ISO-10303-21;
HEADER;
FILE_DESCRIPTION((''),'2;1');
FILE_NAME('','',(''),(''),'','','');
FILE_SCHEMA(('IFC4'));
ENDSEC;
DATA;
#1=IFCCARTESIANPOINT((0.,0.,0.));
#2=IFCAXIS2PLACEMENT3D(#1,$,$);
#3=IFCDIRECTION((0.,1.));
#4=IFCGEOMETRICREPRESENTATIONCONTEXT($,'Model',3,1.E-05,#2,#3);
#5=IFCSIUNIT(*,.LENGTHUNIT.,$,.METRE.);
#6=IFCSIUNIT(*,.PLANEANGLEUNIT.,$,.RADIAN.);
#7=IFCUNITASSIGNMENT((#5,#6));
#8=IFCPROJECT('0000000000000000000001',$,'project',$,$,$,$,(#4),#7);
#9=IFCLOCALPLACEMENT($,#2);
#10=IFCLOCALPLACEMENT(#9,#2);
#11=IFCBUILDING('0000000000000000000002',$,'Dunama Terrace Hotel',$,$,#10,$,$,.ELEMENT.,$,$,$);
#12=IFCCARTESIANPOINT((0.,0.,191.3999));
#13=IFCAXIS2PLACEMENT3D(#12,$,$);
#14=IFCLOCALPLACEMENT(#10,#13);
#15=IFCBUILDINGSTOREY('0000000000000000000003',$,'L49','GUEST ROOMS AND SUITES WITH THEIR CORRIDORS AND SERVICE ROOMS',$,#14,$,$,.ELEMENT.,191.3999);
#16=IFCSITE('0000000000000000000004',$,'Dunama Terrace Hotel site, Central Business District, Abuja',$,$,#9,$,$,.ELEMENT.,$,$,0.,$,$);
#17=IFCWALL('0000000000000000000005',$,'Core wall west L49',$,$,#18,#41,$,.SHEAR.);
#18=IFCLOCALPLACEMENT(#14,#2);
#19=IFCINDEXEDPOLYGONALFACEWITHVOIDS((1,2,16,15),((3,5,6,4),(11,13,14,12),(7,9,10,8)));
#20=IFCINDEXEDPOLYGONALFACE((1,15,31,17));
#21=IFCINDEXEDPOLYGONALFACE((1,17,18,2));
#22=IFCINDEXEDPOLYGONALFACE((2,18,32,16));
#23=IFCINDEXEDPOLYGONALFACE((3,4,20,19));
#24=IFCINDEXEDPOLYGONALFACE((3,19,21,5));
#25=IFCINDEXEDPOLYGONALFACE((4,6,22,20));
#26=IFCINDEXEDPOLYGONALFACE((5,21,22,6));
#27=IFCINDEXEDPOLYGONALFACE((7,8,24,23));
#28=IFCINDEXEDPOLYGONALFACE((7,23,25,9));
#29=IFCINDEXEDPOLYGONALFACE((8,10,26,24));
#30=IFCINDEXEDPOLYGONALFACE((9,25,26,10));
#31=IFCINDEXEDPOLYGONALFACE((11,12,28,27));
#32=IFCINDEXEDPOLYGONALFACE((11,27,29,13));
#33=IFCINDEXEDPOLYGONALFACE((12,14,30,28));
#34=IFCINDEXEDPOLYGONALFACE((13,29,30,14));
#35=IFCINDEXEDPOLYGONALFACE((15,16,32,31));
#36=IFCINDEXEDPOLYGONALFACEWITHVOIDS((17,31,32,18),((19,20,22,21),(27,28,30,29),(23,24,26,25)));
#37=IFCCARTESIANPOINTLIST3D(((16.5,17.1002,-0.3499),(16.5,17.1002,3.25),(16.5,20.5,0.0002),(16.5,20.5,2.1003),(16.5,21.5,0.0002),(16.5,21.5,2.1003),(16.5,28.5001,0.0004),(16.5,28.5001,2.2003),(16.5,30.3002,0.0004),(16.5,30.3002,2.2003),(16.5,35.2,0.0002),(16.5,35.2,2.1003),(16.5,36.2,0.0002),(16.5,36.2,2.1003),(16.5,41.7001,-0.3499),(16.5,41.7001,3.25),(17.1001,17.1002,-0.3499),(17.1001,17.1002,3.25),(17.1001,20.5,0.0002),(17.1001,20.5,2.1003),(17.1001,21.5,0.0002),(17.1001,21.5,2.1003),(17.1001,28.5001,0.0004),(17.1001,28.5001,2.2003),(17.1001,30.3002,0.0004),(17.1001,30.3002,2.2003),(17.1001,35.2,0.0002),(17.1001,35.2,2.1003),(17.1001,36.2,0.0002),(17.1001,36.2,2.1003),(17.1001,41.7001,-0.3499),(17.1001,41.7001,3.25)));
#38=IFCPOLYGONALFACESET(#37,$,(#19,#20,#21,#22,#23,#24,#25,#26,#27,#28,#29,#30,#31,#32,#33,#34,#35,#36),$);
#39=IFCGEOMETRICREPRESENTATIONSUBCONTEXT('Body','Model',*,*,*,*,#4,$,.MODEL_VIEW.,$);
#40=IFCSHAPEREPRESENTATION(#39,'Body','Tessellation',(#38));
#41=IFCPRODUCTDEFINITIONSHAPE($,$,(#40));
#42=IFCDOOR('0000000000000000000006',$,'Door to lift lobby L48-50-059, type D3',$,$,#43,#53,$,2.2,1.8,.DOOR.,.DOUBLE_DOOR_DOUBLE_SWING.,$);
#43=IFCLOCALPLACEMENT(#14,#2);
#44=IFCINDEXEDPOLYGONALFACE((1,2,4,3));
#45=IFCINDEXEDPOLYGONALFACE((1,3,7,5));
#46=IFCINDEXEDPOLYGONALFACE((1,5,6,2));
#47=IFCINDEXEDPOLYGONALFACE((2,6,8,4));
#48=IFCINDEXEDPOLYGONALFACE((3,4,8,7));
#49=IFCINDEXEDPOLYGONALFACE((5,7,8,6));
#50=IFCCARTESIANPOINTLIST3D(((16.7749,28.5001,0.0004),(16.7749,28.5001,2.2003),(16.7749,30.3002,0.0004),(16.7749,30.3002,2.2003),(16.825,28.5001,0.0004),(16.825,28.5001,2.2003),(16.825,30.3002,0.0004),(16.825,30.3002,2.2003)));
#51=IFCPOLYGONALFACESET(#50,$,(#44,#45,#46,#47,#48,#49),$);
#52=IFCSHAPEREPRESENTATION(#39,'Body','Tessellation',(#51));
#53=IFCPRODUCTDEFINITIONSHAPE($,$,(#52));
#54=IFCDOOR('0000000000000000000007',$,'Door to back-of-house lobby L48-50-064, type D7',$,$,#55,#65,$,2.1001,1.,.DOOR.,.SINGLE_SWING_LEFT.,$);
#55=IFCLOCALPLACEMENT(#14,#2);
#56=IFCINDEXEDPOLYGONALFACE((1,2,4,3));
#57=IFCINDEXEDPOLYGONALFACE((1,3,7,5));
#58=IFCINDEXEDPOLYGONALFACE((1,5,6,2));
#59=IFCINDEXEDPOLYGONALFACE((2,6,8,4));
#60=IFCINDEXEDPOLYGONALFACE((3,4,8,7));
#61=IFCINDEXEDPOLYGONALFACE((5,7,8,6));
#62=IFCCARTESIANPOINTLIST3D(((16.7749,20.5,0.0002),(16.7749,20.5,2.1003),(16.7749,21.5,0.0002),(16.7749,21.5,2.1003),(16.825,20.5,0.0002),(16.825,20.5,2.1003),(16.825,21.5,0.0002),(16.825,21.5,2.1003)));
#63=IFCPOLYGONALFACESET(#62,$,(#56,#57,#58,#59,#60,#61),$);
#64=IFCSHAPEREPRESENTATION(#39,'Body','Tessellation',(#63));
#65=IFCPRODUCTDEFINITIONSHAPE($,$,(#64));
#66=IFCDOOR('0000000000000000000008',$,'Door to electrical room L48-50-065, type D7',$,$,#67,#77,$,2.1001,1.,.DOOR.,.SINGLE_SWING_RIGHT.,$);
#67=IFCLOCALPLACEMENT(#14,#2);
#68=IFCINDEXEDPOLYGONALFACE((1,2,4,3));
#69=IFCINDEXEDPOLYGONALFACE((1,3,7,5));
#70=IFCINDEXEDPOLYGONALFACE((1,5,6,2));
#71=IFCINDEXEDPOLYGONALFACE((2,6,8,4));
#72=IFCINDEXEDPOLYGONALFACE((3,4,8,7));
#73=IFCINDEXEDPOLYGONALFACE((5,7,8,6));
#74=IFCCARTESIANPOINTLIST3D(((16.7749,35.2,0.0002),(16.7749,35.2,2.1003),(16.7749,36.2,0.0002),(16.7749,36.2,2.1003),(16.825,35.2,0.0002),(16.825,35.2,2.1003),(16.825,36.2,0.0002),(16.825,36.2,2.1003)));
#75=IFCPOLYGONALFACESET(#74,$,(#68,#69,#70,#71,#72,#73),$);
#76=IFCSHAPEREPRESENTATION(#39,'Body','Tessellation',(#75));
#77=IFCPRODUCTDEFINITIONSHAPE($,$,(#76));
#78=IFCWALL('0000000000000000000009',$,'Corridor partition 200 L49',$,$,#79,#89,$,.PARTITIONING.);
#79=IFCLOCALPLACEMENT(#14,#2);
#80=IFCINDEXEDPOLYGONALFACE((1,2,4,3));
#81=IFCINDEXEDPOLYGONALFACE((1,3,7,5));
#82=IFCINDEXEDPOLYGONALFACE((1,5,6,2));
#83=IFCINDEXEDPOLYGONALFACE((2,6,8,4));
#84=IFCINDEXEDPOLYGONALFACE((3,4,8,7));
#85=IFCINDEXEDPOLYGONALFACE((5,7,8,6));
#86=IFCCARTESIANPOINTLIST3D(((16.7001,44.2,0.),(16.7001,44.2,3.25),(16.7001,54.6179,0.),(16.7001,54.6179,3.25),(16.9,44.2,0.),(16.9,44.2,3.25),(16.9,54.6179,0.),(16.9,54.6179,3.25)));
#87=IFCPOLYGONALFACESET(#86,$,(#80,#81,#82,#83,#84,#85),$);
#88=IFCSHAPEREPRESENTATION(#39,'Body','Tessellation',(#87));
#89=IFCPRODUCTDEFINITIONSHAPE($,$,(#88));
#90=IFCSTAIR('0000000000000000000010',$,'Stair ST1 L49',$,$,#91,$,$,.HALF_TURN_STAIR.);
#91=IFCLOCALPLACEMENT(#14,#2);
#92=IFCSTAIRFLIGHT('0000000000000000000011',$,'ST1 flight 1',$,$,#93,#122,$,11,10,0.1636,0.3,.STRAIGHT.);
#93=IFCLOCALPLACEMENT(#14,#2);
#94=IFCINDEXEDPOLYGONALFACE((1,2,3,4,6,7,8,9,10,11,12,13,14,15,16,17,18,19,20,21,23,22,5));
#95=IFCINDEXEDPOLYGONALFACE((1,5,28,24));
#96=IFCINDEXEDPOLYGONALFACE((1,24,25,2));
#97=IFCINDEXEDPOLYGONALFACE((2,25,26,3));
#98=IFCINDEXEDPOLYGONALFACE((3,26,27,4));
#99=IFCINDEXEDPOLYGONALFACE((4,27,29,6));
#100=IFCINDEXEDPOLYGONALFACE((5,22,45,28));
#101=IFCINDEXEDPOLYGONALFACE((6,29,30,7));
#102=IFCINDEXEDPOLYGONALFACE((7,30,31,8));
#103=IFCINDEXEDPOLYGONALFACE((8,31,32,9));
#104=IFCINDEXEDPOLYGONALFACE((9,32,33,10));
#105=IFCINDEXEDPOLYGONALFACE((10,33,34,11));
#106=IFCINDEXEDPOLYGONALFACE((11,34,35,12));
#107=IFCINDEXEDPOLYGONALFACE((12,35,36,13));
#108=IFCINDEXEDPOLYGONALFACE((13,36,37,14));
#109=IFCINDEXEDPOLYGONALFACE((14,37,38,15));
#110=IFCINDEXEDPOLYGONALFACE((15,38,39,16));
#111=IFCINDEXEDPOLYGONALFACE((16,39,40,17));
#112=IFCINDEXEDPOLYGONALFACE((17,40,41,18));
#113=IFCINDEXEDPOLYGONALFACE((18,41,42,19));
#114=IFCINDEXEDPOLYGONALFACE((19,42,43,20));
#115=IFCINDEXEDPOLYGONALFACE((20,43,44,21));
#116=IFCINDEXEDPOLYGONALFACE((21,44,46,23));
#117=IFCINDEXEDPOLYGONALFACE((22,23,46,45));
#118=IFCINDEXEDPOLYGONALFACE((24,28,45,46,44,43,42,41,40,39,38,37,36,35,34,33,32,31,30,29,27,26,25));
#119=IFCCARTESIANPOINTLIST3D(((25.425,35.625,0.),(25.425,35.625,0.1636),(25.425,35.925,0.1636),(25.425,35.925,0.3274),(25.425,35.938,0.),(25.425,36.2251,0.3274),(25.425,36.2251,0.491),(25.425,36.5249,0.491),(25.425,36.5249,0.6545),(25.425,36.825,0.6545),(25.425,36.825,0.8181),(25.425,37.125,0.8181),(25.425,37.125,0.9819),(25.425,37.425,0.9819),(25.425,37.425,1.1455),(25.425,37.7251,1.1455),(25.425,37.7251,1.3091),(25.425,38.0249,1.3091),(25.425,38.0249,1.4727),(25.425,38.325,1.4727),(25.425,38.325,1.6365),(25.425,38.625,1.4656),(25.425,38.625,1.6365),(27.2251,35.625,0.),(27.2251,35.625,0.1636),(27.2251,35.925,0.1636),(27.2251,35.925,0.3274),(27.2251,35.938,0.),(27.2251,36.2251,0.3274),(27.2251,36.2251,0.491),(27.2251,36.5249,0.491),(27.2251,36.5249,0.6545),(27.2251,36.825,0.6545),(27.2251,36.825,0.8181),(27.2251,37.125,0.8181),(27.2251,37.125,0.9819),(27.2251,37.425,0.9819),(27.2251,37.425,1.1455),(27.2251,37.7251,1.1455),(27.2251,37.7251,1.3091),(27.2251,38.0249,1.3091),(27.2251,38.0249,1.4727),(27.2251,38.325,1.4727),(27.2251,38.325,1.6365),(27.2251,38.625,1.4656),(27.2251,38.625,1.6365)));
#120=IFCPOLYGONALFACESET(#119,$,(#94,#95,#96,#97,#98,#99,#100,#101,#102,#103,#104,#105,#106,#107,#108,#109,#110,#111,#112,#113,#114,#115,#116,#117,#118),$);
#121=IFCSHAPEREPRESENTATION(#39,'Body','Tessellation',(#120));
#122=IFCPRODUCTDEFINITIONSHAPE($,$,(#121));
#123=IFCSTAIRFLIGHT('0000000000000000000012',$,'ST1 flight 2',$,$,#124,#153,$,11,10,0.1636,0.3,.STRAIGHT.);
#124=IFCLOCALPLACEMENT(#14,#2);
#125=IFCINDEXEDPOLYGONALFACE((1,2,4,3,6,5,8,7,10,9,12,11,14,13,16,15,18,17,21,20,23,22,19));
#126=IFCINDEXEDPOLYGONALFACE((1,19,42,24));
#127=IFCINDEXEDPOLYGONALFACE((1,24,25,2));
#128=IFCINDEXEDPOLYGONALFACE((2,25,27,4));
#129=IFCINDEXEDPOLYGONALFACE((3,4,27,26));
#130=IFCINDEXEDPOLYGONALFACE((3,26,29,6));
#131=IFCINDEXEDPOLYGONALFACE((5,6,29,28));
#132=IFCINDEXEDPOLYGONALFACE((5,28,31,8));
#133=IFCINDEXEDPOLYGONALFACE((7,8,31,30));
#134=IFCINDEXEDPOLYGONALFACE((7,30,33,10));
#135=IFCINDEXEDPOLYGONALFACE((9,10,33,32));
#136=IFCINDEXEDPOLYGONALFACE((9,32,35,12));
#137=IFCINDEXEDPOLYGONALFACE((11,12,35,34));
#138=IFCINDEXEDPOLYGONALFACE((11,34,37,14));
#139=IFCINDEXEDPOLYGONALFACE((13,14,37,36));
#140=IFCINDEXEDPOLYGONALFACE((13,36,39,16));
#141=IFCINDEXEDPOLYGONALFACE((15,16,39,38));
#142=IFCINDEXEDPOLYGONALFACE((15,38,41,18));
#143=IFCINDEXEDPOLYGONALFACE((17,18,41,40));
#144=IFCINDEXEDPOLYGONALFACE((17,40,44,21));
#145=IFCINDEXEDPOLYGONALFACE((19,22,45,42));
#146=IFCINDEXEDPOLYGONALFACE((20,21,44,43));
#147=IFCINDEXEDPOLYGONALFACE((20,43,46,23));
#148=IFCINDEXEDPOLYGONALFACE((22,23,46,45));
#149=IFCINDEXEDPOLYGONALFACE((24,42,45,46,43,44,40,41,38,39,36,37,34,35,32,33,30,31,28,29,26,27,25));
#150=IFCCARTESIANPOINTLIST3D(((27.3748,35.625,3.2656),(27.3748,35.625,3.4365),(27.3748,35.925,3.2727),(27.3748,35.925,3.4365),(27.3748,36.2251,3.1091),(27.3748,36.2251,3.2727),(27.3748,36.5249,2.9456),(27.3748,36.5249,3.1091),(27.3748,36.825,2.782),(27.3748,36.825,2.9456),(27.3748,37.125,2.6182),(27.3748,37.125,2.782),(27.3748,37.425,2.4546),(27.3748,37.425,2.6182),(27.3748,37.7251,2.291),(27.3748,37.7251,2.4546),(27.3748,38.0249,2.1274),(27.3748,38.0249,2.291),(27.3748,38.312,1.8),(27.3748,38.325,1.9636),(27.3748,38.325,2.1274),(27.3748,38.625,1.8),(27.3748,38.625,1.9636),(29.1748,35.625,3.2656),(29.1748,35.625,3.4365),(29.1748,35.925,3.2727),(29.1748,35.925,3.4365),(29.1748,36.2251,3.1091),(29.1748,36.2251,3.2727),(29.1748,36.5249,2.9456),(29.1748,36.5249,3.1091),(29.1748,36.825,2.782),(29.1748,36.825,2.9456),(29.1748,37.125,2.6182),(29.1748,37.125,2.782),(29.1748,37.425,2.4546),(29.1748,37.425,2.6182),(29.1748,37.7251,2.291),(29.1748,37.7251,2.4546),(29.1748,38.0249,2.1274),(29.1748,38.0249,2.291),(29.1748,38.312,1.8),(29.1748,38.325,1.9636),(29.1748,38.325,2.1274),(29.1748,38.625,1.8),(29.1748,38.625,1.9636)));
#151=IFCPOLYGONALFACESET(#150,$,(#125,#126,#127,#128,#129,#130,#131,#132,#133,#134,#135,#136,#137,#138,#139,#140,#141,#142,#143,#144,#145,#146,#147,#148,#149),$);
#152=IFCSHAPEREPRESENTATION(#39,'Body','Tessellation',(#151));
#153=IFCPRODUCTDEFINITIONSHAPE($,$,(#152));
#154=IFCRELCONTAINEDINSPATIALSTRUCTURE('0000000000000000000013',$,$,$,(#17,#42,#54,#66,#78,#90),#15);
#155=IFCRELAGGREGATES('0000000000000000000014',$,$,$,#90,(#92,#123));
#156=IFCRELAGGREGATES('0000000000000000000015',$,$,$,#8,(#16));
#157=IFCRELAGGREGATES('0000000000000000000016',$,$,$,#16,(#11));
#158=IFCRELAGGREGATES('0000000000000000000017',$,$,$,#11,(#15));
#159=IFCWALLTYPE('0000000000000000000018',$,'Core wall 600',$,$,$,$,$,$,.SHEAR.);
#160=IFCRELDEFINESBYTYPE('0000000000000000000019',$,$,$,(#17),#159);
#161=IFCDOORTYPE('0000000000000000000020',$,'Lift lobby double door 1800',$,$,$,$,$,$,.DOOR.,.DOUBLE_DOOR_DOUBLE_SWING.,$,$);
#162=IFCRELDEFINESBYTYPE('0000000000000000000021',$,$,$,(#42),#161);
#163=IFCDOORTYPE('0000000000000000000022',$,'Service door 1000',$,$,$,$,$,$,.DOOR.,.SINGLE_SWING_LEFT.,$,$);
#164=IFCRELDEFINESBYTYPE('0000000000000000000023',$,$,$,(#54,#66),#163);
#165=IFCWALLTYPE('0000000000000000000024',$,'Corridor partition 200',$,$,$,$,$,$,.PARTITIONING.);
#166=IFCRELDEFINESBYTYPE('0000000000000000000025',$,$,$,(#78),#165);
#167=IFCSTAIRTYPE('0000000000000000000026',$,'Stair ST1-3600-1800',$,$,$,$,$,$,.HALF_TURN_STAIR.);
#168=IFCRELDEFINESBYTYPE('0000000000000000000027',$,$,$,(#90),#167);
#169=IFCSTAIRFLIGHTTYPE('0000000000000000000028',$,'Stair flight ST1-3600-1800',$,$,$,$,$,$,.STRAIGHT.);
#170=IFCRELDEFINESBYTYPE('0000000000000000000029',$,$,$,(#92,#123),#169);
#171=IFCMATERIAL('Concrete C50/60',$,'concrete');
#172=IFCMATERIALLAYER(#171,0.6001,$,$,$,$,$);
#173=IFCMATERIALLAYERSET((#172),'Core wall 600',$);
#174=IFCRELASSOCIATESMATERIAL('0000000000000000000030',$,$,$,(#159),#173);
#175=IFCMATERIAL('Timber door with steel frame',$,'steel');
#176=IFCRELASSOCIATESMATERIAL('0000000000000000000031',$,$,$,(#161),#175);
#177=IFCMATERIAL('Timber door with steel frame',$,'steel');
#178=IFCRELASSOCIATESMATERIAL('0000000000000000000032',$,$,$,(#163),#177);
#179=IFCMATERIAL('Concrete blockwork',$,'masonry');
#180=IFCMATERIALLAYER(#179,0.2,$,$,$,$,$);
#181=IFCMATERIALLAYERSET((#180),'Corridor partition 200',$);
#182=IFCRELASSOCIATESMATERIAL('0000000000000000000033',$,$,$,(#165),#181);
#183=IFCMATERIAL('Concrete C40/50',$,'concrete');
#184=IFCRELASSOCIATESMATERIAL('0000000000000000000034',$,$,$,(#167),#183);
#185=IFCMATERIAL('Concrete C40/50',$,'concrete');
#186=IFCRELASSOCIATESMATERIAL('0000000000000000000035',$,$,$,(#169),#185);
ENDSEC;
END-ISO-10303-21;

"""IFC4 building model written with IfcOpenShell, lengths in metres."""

from ifc_helpers import new_model, si_unit, direction, frame, frame_2d, origin, place, context, subcontext, project, spatial, polyline, rectangle, outline, extrude, material, layer, layer_set, type_object, element, fill, aggregate, save


model = new_model("IFC4")

# Units and contexts
model_context = context("Model", 3, precision=1e-05, world=origin(), true_north=direction((0.0, 1.0)))
body_context = subcontext(model_context, "Body", "Model", "MODEL_VIEW")
ifc_project = project(units=[si_unit("LENGTHUNIT", "METRE"), si_unit("PLANEANGLEUNIT", "RADIAN")], contexts=[model_context])

# Site, building, storey
site_placement = place(None, origin())
site = spatial("IfcSite", under=ifc_project, at=site_placement, Name="Dunama Terrace Hotel site, Central Business District, Abuja", CompositionType="ELEMENT", RefElevation=0.0)
building_placement = place(site_placement, origin())
building = spatial("IfcBuilding", under=site, at=building_placement, Name="Dunama Terrace Hotel", CompositionType="ELEMENT")
storey_placement = place(building_placement, frame((0.0, 0.0, 191.3999)))
storey = spatial("IfcBuildingStorey", under=building, at=storey_placement, Name="L49", Description="GUEST ROOMS AND SUITES WITH THEIR CORRIDORS AND SERVICE ROOMS", CompositionType="ELEMENT", Elevation=191.3999)

# Wall, openings, doors
ifc_material_1 = material(Name="Concrete C50/60", Category="concrete")
ifc_layer_1 = layer(ifc_material_1, 0.6001)
ifc_layer_set_1 = layer_set([ifc_layer_1], Name="Core wall 600")
wall_type_1 = type_object("IfcWallType", Name="Core wall 600", PredefinedType="SHEAR", material=ifc_layer_set_1)
wall_1_placement = place(storey_placement, frame((16.8, 41.7, -0.3499), z_axis=(0.0, 0.0, 1.0), x_axis=(0.0, -1.0, 0.0)))
wall_1 = element("IfcWall", 1, at=wall_1_placement, inside=storey, type_object=wall_type_1, Name="Core wall west L49", PredefinedType="SHEAR", context=body_context, shape_type="SweptSolid", body=[
    extrude(rectangle(XDim=24.5999, YDim=0.6001, at=frame_2d((12.2998, 0.0))), origin(), (0.0, 0.0, 1.0), 3.5999),
])
opening_1_placement = place(wall_1_placement, frame((11.3999, 0.0, 0.3501)))
opening_1 = element("IfcOpeningElement", 2, at=opening_1_placement, cuts=wall_1, PredefinedType="OPENING", context=body_context, shape_type="SweptSolid", body=[
    extrude(rectangle(XDim=1.8, YDim=2.2, at=frame_2d((0.8999, 1.1001))), frame((0.0, 0.3101, 0.0), z_axis=(0.0, -1.0, 0.0), x_axis=(1.0, 0.0, 0.0)), (0.0, 0.0, 1.0), 0.6201),
])
opening_2_placement = place(wall_1_placement, frame((20.2, 0.0, 0.3501)))
opening_2 = element("IfcOpeningElement", 3, at=opening_2_placement, cuts=wall_1, PredefinedType="OPENING", context=body_context, shape_type="SweptSolid", body=[
    extrude(rectangle(XDim=1.0, YDim=2.1001, at=frame_2d((0.5, 1.05))), frame((0.0, 0.3101, 0.0), z_axis=(0.0, -1.0, 0.0), x_axis=(1.0, 0.0, 0.0)), (0.0, 0.0, 1.0), 0.6201),
])
opening_3_placement = place(wall_1_placement, frame((5.5, 0.0, 0.3501)))
opening_3 = element("IfcOpeningElement", 4, at=opening_3_placement, cuts=wall_1, PredefinedType="OPENING", context=body_context, shape_type="SweptSolid", body=[
    extrude(rectangle(XDim=1.0, YDim=2.1001, at=frame_2d((0.5, 1.05))), frame((0.0, 0.3101, 0.0), z_axis=(0.0, -1.0, 0.0), x_axis=(1.0, 0.0, 0.0)), (0.0, 0.0, 1.0), 0.6201),
])
ifc_material_2 = material(Name="Timber door with steel frame", Category="steel")
door_type_1 = type_object("IfcDoorType", Name="Lift lobby double door 1800", OperationType="DOUBLE_DOOR_DOUBLE_SWING", PredefinedType="DOOR", material=ifc_material_2)
door_1_placement = place(opening_1_placement, origin())
door_1 = element("IfcDoor", 5, at=door_1_placement, inside=storey, type_object=door_type_1, Name="Door to lift lobby L48-50-059, type D3", OperationType="DOUBLE_DOOR_DOUBLE_SWING", OverallHeight=2.2, OverallWidth=1.8, PredefinedType="DOOR", context=body_context, shape_type="SweptSolid", body=[
    extrude(rectangle(XDim=1.8, YDim=2.2, at=frame_2d((0.8999, 1.1001))), frame((0.0, 0.0249, 0.0), z_axis=(0.0, -1.0, 0.0), x_axis=(1.0, 0.0, 0.0)), (0.0, 0.0, 1.0), 0.05),
])
fill(opening_1, door_1)
ifc_material_3 = material(Name="Timber door with steel frame", Category="steel")
door_type_2 = type_object("IfcDoorType", Name="Service door 1000", OperationType="SINGLE_SWING_LEFT", PredefinedType="DOOR", material=ifc_material_3)
door_2_placement = place(opening_2_placement, origin())
door_2 = element("IfcDoor", 6, at=door_2_placement, inside=storey, type_object=door_type_2, Name="Door to back-of-house lobby L48-50-064, type D7", OperationType="SINGLE_SWING_LEFT", OverallHeight=2.1001, OverallWidth=1.0, PredefinedType="DOOR", context=body_context, shape_type="SweptSolid", body=[
    extrude(rectangle(XDim=1.0, YDim=2.1001, at=frame_2d((0.5, 1.05))), frame((0.0, 0.0249, 0.0), z_axis=(0.0, -1.0, 0.0), x_axis=(1.0, 0.0, 0.0)), (0.0, 0.0, 1.0), 0.05),
])
fill(opening_2, door_2)
door_3_placement = place(opening_3_placement, origin())
door_3 = element("IfcDoor", 7, at=door_3_placement, inside=storey, type_object=door_type_2, Name="Door to electrical room L48-50-065, type D7", OperationType="SINGLE_SWING_RIGHT", OverallHeight=2.1001, OverallWidth=1.0, PredefinedType="DOOR", context=body_context, shape_type="SweptSolid", body=[
    extrude(rectangle(XDim=1.0, YDim=2.1001, at=frame_2d((0.5, 1.05))), frame((0.0, 0.0249, 0.0), z_axis=(0.0, -1.0, 0.0), x_axis=(1.0, 0.0, 0.0)), (0.0, 0.0, 1.0), 0.05),
])
fill(opening_3, door_3)

# Wall
ifc_material_4 = material(Name="Concrete blockwork", Category="masonry")
ifc_layer_2 = layer(ifc_material_4, 0.2)
ifc_layer_set_2 = layer_set([ifc_layer_2], Name="Corridor partition 200")
wall_type_2 = type_object("IfcWallType", Name="Corridor partition 200", PredefinedType="PARTITIONING", material=ifc_layer_set_2)
wall_2_placement = place(storey_placement, frame((16.8, 44.2, 0.0), z_axis=(0.0, 0.0, 1.0), x_axis=(0.0, 1.0, 0.0)))
element("IfcWall", 8, at=wall_2_placement, inside=storey, type_object=wall_type_2, Name="Corridor partition 200 L49", PredefinedType="PARTITIONING", context=body_context, shape_type="SweptSolid", body=[
    extrude(rectangle(XDim=10.418, YDim=0.2, at=frame_2d((5.209, 0.0))), origin(), (0.0, 0.0, 1.0), 3.25),
])

# Stair, stair flights
ifc_material_5 = material(Name="Concrete C40/50", Category="concrete")
stair_type = type_object("IfcStairType", Name="Stair ST1-3600-1800", PredefinedType="HALF_TURN_STAIR", material=ifc_material_5)
stair_placement = place(storey_placement, origin())
stair = element("IfcStair", 9, at=stair_placement, inside=storey, type_object=stair_type, Name="Stair ST1 L49", PredefinedType="HALF_TURN_STAIR")
ifc_material_6 = material(Name="Concrete C40/50", Category="concrete")
stair_flight_type = type_object("IfcStairFlightType", Name="Stair flight ST1-3600-1800", PredefinedType="STRAIGHT", material=ifc_material_6)
stair_flight_1_placement = place(storey_placement, frame((26.325, 35.625, 0.0), z_axis=(0.0, 0.0, 1.0), x_axis=(0.0, 1.0, 0.0)))
stair_flight_1 = element("IfcStairFlight", 10, at=stair_flight_1_placement, type_object=stair_flight_type, Name="ST1 flight 1", NumberOfRisers=11, NumberOfTreads=10, PredefinedType="STRAIGHT", RiserHeight=0.1636, TreadLength=0.3, context=body_context, shape_type="SweptSolid", body=[
    extrude(outline(polyline([(0.0, 0.0), (0.0, 0.1636), (0.3, 0.1636), (0.3, 0.3274), (0.6001, 0.3274), (0.6001, 0.491), (0.8999, 0.491), (0.8999, 0.6545), (1.2, 0.6545), (1.2, 0.8181), (1.5, 0.8181), (1.5, 0.9819), (1.8, 0.9819), (1.8, 1.1455), (2.1001, 1.1455), (2.1001, 1.3091), (2.3999, 1.3091), (2.3999, 1.4727), (2.7, 1.4727), (2.7, 1.6365), (3.0, 1.6365), (3.0, 1.8), (3.0, 1.4656), (0.313, 0.0), (0.0, 0.0)])), frame((0.0, 0.8999, 0.0), z_axis=(0.0, -1.0, 0.0), x_axis=(1.0, 0.0, 0.0)), (0.0, 0.0, 1.0), 1.8),
])
stair_flight_2_placement = place(storey_placement, frame((28.2749, 38.625, 1.8), z_axis=(0.0, 0.0, 1.0), x_axis=(0.0, -1.0, 0.0)))
stair_flight_2 = element("IfcStairFlight", 11, at=stair_flight_2_placement, type_object=stair_flight_type, Name="ST1 flight 2", NumberOfRisers=11, NumberOfTreads=10, PredefinedType="STRAIGHT", RiserHeight=0.1636, TreadLength=0.3, context=body_context, shape_type="SweptSolid", body=[
    extrude(outline(polyline([(0.0, 0.0), (0.0, 0.1636), (0.3, 0.1636), (0.3, 0.3274), (0.6001, 0.3274), (0.6001, 0.491), (0.8999, 0.491), (0.8999, 0.6545), (1.2, 0.6545), (1.2, 0.8181), (1.5, 0.8181), (1.5, 0.9819), (1.8, 0.9819), (1.8, 1.1455), (2.1001, 1.1455), (2.1001, 1.3091), (2.3999, 1.3091), (2.3999, 1.4727), (2.7, 1.4727), (2.7, 1.6365), (3.0, 1.6365), (3.0, 1.8), (3.0, 1.4656), (0.313, 0.0), (0.0, 0.0)])), frame((0.0, 0.8999, 0.0), z_axis=(0.0, -1.0, 0.0), x_axis=(1.0, 0.0, 0.0)), (0.0, 0.0, 1.0), 1.8),
])
aggregate(stair, [stair_flight_1, stair_flight_2])

save(model, "model.ifc")
